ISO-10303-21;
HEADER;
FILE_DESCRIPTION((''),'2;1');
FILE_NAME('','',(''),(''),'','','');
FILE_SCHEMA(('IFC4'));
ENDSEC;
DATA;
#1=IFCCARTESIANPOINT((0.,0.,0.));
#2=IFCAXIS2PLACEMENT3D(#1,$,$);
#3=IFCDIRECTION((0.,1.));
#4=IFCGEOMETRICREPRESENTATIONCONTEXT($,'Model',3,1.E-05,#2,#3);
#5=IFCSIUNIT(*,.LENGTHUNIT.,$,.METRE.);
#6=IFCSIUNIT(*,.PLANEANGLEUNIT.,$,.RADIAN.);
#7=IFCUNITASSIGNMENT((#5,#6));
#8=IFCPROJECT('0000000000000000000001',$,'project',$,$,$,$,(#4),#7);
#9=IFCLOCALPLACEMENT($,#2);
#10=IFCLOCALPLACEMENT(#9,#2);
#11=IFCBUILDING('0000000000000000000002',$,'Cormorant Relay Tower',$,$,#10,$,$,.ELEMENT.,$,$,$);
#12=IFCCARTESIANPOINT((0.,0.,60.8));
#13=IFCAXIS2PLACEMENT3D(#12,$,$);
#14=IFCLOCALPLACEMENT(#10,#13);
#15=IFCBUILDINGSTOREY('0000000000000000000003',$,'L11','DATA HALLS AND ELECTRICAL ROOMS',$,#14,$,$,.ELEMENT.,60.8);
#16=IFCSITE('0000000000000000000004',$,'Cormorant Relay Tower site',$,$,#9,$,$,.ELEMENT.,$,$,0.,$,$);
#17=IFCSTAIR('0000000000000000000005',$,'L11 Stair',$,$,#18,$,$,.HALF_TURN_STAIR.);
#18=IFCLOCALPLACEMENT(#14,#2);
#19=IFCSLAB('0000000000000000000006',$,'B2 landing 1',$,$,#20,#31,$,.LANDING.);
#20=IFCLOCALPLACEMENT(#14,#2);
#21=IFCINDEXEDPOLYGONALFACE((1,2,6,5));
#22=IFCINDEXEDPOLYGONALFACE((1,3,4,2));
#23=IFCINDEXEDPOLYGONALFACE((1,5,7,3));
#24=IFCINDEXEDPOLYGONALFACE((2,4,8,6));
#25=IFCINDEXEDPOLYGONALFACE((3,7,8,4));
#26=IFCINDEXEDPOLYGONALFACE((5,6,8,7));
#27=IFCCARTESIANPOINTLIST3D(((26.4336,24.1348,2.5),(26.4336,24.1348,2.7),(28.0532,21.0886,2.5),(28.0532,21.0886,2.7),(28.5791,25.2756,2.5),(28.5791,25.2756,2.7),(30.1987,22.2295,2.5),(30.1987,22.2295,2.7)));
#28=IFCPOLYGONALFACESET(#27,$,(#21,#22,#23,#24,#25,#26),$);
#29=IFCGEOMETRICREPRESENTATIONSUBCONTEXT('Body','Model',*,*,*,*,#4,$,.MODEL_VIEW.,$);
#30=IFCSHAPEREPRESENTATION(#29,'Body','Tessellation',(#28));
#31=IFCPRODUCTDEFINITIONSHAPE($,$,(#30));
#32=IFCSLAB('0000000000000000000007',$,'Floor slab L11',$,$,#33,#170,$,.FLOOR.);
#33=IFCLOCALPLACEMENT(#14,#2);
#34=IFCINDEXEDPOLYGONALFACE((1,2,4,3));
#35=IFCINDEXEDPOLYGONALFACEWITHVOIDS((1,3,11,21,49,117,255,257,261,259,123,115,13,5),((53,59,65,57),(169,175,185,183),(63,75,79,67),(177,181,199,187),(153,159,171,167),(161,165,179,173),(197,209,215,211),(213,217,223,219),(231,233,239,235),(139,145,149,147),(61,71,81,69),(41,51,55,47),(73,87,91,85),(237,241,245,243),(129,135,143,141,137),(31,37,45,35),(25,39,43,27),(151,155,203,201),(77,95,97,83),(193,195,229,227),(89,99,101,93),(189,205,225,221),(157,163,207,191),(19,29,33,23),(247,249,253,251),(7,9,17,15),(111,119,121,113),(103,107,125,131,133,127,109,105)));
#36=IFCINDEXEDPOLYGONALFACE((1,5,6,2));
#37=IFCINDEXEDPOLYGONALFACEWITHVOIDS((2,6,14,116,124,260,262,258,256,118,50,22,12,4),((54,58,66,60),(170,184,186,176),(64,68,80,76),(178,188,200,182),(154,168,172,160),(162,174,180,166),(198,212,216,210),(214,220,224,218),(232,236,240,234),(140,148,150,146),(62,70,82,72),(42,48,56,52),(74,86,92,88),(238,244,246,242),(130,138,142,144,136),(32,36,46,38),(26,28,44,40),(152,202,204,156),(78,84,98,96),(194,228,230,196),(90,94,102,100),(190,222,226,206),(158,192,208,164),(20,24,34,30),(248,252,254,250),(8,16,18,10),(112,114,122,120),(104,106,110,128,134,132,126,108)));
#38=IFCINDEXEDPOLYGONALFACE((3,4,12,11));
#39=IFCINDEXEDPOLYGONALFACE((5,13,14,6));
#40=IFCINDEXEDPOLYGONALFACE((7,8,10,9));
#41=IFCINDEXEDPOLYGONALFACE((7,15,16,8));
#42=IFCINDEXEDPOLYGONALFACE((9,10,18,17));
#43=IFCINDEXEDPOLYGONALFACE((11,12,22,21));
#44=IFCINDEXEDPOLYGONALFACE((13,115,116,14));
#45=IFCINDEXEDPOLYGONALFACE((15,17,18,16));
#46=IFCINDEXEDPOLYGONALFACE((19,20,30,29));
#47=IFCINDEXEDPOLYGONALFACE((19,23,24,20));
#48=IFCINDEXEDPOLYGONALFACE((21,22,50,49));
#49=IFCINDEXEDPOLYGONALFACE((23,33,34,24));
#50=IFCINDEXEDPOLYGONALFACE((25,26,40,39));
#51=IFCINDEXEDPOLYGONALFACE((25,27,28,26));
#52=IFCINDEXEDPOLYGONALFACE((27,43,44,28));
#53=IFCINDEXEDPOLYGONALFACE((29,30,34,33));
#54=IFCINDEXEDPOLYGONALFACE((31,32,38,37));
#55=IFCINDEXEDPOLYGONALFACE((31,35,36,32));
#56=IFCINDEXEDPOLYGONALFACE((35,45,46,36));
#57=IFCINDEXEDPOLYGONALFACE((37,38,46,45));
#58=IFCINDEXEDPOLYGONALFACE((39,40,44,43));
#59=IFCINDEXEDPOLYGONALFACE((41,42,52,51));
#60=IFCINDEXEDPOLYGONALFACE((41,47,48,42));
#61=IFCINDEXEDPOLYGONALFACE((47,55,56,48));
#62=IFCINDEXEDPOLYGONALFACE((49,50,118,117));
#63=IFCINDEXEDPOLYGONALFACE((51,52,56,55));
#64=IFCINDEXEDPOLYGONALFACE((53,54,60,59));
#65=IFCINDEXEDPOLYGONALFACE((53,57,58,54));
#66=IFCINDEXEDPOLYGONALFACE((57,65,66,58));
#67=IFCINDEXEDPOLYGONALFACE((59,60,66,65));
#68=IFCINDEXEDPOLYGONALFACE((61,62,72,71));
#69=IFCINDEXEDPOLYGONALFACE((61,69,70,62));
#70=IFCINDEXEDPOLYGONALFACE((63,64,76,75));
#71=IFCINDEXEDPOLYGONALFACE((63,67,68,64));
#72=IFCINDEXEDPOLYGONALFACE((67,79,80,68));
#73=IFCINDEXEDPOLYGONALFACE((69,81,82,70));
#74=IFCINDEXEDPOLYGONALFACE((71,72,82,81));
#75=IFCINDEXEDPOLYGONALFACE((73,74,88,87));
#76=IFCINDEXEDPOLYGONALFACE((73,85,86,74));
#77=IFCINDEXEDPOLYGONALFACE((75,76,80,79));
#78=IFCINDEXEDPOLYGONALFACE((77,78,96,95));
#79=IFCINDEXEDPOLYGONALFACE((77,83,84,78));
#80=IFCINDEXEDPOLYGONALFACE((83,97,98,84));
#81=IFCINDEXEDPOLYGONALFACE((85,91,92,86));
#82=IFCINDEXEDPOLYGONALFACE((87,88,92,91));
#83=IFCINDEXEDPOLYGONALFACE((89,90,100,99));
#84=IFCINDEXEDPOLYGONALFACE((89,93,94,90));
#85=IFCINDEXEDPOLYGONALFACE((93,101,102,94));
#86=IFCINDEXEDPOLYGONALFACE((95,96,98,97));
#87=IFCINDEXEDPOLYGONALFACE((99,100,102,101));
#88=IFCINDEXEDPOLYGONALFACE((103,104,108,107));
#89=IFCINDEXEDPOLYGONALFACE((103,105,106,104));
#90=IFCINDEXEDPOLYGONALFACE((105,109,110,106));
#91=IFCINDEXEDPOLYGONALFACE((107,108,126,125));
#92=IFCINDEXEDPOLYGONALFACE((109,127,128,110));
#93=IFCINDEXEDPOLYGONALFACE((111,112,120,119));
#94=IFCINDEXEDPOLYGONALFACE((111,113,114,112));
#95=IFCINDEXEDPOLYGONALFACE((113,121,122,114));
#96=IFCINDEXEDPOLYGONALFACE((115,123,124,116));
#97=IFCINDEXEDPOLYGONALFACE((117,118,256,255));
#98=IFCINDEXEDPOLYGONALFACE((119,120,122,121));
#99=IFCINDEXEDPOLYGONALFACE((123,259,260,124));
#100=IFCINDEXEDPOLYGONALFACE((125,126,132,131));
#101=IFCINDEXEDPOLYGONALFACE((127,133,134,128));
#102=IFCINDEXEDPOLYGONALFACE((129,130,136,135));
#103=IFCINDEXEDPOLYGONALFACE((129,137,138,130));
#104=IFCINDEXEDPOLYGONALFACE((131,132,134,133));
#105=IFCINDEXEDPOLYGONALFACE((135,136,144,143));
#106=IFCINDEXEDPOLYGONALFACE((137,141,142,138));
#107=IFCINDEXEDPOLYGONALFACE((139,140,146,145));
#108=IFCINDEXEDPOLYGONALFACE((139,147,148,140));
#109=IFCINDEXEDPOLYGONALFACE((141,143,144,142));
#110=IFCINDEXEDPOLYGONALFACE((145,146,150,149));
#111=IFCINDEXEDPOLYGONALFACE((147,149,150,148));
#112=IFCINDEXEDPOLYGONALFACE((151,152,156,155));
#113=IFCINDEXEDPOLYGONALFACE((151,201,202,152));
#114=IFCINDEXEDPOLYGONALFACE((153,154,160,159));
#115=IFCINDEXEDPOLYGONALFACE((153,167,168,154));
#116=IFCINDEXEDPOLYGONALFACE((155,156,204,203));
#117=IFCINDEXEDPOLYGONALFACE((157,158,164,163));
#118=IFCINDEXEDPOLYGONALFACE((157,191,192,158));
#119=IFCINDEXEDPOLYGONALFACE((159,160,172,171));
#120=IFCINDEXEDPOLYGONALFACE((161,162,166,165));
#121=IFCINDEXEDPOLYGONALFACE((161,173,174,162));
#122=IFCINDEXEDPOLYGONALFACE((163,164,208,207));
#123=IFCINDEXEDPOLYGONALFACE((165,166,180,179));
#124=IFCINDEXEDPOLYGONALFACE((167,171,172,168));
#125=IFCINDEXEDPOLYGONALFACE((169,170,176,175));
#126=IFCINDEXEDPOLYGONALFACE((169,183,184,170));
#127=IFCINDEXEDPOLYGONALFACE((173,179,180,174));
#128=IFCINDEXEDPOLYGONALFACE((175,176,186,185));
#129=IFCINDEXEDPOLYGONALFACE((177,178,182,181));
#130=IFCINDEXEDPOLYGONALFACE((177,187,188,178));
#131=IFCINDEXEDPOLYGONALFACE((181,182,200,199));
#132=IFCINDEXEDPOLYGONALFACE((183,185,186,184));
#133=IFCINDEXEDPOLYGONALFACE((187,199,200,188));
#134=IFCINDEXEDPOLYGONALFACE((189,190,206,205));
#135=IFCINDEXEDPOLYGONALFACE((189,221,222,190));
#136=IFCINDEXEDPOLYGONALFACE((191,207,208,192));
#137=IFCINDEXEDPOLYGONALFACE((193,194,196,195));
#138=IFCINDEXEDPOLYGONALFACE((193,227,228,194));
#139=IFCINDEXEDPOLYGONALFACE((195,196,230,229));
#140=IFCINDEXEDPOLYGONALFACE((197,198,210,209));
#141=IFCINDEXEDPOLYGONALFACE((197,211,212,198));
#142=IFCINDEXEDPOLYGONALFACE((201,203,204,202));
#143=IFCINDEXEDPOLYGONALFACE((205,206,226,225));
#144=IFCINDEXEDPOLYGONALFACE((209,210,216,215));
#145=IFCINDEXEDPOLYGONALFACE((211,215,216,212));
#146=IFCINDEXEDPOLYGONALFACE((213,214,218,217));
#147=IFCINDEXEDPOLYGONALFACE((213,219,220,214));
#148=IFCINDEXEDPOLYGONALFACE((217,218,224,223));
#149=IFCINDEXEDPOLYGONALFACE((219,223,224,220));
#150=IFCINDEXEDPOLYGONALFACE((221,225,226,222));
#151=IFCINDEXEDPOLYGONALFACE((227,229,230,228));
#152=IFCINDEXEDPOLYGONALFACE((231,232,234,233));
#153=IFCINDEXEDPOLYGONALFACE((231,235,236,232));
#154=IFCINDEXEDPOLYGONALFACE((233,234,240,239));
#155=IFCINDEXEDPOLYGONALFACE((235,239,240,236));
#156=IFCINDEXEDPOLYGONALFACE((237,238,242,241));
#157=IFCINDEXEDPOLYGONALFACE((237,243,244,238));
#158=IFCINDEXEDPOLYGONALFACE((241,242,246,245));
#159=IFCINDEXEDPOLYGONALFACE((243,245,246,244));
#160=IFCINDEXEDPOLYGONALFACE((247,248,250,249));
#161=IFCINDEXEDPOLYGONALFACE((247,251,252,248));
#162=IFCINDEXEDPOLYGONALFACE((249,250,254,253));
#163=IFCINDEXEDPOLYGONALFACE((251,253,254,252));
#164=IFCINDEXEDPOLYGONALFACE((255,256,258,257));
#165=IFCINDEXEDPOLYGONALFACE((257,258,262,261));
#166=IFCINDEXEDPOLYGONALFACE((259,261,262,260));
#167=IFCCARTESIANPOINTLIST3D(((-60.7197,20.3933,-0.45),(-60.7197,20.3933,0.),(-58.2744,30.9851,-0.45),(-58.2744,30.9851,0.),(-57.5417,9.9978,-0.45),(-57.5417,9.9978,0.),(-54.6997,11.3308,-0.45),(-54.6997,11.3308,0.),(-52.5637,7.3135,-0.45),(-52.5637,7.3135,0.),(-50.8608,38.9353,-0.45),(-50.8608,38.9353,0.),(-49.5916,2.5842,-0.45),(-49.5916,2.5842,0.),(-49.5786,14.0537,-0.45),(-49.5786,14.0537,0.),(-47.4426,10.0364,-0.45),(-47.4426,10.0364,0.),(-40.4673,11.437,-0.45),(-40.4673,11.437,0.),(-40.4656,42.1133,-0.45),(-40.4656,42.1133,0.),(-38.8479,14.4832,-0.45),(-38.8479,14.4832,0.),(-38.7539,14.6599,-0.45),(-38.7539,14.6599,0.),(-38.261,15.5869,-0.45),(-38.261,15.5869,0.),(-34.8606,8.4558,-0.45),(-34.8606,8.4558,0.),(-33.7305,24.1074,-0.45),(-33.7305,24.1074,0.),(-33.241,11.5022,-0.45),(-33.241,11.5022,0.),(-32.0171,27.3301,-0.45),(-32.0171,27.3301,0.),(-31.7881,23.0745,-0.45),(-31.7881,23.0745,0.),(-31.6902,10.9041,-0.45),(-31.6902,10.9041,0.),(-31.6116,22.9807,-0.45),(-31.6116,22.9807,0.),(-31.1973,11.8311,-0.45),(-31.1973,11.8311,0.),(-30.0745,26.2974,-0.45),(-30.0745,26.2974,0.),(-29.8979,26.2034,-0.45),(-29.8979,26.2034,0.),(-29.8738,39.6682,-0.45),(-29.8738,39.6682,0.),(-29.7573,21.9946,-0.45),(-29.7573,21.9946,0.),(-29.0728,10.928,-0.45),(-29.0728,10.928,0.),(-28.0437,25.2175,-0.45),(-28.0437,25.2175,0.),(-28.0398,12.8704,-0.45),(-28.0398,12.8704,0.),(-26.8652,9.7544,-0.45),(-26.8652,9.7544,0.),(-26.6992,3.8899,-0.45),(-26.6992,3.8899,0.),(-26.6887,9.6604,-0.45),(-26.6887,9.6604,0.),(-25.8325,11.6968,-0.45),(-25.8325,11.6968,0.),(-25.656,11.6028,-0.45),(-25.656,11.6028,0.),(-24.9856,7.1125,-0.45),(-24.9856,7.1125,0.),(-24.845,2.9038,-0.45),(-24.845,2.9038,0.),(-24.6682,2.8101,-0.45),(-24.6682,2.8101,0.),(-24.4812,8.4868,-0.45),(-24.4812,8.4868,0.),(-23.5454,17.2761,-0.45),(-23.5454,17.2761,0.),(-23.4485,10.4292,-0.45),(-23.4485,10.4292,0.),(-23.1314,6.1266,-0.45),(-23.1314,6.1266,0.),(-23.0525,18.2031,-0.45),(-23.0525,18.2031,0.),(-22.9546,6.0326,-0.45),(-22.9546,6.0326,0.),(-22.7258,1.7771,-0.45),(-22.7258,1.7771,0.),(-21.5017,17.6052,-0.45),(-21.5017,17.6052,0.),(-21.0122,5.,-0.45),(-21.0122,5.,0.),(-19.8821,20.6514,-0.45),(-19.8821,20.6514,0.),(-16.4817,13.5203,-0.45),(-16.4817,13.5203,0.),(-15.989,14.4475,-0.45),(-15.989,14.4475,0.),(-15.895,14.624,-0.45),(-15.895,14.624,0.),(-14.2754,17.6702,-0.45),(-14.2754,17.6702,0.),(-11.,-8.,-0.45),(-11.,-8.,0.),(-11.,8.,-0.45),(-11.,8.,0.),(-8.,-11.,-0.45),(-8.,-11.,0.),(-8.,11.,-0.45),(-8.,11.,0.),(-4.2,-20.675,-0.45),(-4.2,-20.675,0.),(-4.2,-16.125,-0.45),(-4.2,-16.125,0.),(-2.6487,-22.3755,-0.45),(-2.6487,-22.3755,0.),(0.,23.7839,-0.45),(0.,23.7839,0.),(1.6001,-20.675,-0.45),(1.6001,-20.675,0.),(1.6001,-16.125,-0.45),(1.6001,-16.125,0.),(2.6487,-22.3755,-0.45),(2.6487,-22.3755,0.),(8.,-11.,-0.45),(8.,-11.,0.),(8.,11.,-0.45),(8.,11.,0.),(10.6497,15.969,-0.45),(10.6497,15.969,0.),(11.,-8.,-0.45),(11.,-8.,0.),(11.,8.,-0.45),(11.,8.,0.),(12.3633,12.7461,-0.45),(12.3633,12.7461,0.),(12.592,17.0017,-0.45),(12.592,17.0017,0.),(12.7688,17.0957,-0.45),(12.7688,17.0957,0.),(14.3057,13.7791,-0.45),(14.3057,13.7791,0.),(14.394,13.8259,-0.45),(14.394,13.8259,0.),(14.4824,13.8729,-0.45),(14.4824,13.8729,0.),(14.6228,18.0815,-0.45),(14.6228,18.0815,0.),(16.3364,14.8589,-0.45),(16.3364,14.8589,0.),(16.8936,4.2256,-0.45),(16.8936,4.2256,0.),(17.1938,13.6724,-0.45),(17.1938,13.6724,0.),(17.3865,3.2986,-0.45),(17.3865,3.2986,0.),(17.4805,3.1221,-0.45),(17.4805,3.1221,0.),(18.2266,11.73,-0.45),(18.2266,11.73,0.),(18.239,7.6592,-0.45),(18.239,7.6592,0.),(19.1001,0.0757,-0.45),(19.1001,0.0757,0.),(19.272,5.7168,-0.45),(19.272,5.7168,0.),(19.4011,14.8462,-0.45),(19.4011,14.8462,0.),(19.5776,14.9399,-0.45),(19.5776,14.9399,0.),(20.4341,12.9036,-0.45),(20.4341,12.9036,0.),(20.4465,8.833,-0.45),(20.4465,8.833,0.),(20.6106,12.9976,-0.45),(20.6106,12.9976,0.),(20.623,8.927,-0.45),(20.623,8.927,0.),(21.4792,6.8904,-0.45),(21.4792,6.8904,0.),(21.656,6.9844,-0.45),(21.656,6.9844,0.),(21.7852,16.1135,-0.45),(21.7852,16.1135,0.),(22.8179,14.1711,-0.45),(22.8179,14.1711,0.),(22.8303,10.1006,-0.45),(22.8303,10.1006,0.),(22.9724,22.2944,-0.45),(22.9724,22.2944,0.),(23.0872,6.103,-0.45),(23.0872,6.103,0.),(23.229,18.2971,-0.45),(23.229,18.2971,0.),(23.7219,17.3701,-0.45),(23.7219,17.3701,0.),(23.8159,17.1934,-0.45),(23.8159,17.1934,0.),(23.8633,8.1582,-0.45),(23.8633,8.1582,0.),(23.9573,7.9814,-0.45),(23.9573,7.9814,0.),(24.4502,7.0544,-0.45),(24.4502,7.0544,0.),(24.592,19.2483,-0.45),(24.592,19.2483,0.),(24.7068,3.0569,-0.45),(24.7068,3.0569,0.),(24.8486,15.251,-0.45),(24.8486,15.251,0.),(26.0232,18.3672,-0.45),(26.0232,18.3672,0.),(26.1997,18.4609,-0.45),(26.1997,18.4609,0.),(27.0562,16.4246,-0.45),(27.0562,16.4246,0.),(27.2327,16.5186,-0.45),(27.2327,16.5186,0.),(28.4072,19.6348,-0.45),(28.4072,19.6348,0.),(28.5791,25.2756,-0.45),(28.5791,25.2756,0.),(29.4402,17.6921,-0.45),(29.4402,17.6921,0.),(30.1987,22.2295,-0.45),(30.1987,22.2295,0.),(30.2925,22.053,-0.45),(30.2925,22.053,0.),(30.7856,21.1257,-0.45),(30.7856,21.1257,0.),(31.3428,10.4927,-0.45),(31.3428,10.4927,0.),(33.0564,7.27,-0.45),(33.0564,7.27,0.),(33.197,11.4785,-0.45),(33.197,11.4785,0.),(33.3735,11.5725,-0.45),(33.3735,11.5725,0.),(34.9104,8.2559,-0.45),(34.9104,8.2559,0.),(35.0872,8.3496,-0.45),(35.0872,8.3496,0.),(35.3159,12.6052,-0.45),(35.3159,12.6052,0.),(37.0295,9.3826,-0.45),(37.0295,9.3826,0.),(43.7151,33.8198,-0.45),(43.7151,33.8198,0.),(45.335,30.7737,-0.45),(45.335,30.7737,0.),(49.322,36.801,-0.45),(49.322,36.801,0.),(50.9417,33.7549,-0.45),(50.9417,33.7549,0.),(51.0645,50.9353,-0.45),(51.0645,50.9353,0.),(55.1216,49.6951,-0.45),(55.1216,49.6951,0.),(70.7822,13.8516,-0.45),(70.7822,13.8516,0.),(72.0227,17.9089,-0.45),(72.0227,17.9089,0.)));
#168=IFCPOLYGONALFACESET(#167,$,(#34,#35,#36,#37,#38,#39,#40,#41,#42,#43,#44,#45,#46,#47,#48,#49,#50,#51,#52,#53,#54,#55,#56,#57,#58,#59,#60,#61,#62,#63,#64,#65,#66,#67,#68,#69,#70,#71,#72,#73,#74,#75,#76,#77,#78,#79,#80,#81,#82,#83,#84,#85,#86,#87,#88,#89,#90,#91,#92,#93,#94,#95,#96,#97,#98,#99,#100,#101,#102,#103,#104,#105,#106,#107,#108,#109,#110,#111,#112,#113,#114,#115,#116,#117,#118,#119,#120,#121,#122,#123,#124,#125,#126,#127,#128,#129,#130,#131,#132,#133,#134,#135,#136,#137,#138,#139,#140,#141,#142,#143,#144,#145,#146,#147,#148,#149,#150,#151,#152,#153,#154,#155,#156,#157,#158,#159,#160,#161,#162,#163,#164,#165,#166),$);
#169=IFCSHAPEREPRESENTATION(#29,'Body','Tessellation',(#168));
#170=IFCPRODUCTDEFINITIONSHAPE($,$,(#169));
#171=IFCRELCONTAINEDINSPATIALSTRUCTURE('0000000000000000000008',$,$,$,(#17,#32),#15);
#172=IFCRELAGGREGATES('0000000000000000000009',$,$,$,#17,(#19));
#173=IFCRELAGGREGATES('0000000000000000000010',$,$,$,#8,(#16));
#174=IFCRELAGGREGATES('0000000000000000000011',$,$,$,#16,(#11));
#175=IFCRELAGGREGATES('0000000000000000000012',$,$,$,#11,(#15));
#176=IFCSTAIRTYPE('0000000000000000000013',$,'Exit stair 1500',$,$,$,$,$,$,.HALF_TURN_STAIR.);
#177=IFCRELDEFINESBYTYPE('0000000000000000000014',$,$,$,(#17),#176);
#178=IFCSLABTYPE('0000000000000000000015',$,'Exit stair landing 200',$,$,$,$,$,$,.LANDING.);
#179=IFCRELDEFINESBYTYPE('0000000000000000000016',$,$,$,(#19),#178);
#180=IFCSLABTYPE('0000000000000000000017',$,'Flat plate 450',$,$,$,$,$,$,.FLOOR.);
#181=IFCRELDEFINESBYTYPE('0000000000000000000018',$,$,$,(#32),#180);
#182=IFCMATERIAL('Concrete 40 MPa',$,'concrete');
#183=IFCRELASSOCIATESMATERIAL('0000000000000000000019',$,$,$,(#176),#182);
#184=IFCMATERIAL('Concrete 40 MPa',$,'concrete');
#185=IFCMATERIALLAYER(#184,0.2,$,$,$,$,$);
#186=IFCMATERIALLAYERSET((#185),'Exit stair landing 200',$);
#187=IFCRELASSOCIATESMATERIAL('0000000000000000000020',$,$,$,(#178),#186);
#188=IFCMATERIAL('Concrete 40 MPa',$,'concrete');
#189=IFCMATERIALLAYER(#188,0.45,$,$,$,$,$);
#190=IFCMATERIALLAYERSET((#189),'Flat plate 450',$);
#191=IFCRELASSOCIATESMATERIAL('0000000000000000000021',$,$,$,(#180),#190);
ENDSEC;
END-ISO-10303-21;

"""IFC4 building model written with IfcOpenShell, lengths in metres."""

from ifc_helpers import new_model, si_unit, direction, frame, origin, place, context, subcontext, project, spatial, polyline, outline, extrude, material, layer, layer_set, type_object, element, aggregate, save


model = new_model("IFC4")

# Units and contexts
model_context = context("Model", 3, precision=1e-05, world=origin(), true_north=direction((0.0, 1.0)))
body_context = subcontext(model_context, "Body", "Model", "MODEL_VIEW")
ifc_project = project(units=[si_unit("LENGTHUNIT", "METRE"), si_unit("PLANEANGLEUNIT", "RADIAN")], contexts=[model_context])

# Site, building, storey
site_placement = place(None, origin())
site = spatial("IfcSite", under=ifc_project, at=site_placement, Name="Cormorant Relay Tower site", CompositionType="ELEMENT", RefElevation=0.0)
building_placement = place(site_placement, origin())
building = spatial("IfcBuilding", under=site, at=building_placement, Name="Cormorant Relay Tower", CompositionType="ELEMENT")
storey_placement = place(building_placement, frame((0.0, 0.0, 60.8)))
storey = spatial("IfcBuildingStorey", under=building, at=storey_placement, Name="L11", Description="DATA HALLS AND ELECTRICAL ROOMS", CompositionType="ELEMENT", Elevation=60.8)

# Stair, slab
ifc_material_1 = material(Name="Concrete 40 MPa", Category="concrete")
stair_type = type_object("IfcStairType", Name="Exit stair 1500", PredefinedType="HALF_TURN_STAIR", material=ifc_material_1)
ifc_material_2 = material(Name="Concrete 40 MPa", Category="concrete")
ifc_layer_1 = layer(ifc_material_2, 0.2)
ifc_layer_set_1 = layer_set([ifc_layer_1], Name="Exit stair landing 200")
slab_type_1 = type_object("IfcSlabType", Name="Exit stair landing 200", PredefinedType="LANDING", material=ifc_layer_set_1)
stair_1_placement = place(storey_placement, origin())
stair_1 = element("IfcStair", 1, at=stair_1_placement, inside=storey, type_object=stair_type, Name="L11 Stair", PredefinedType="HALF_TURN_STAIR")
slab_1_placement = place(storey_placement, frame((0.0, 0.0, 2.5)))
slab_1 = element("IfcSlab", 2, at=slab_1_placement, type_object=slab_type_1, Name="B2 landing 1", PredefinedType="LANDING", context=body_context, shape_type="SweptSolid", body=[
    extrude(outline(polyline([(28.0532, 21.0886), (30.1987, 22.2295), (28.5791, 25.2756), (26.4336, 24.1348), (28.0532, 21.0886)])), origin(), (0.0, 0.0, 1.0), 0.2),
])
aggregate(stair_1, [slab_1])

# Slab
ifc_material_3 = material(Name="Concrete 40 MPa", Category="concrete")
ifc_layer_2 = layer(ifc_material_3, 0.45)
ifc_layer_set_2 = layer_set([ifc_layer_2], Name="Flat plate 450")
slab_type_2 = type_object("IfcSlabType", Name="Flat plate 450", PredefinedType="FLOOR", material=ifc_layer_set_2)
slab_2_placement = place(storey_placement, frame((0.0, 0.0, -0.45)))
element("IfcSlab", 3, at=slab_2_placement, inside=storey, type_object=slab_type_2, Name="Floor slab L11", PredefinedType="FLOOR", context=body_context, shape_type="SweptSolid", body=[
    extrude(outline(polyline([(-60.7197, 20.3933), (-58.2744, 30.9851), (-50.8608, 38.9353), (-40.4656, 42.1133), (-29.8738, 39.6682), (0.0, 23.7839), (51.0645, 50.9353), (55.1216, 49.6951), (72.0227, 17.9089), (70.7822, 13.8516), (2.6487, -22.3755), (-2.6487, -22.3755), (-49.5916, 2.5842), (-57.5417, 9.9978), (-60.7197, 20.3933)]), holes=[polyline([(11.0, -8.0), (11.0, 8.0), (8.0, 11.0), (-8.0, 11.0), (-11.0, 8.0), (-11.0, -8.0), (-8.0, -11.0), (8.0, -11.0), (11.0, -8.0)]), polyline([(-4.2, -16.125), (-4.2, -20.675), (1.6001, -20.675), (1.6001, -16.125), (-4.2, -16.125)]), polyline([(-22.9546, 6.0327), (-24.6682, 2.8101), (-22.7258, 1.7771), (-21.0122, 5.0), (-23.043, 6.0796), (-22.9546, 6.0327)]), polyline([(-24.9856, 7.1125), (-26.6992, 3.8899), (-24.845, 2.9038), (-23.1313, 6.1267), (-23.043, 6.0796), (-24.9856, 7.1125)]), polyline([(-26.6887, 9.6604), (-24.4812, 8.4868), (-23.4485, 10.4292), (-25.656, 11.6028), (-26.6887, 9.6604)]), polyline([(-49.5786, 14.0537), (-54.6997, 11.3308), (-52.5637, 7.3135), (-47.4426, 10.0364), (-49.5786, 14.0537)]), polyline([(-29.0728, 10.928), (-26.8652, 9.7544), (-25.8325, 11.6968), (-28.0398, 12.8704), (-29.0728, 10.928)]), polyline([(-38.8479, 14.4832), (-40.4673, 11.437), (-34.8606, 8.4558), (-33.241, 11.5022), (-38.8479, 14.4832)]), polyline([(-38.261, 15.5869), (-38.7539, 14.6599), (-31.6902, 10.9041), (-31.1973, 11.8311), (-38.261, 15.5869)]), polyline([(14.3057, 13.7791), (12.592, 17.0017), (10.6497, 15.969), (12.3633, 12.7461), (14.394, 13.8259), (14.3057, 13.7791)]), polyline([(16.3364, 14.8589), (14.6228, 18.0815), (12.7688, 17.0957), (14.4824, 13.8728), (14.394, 13.8259), (16.3364, 14.8589)]), polyline([(-16.4817, 13.5203), (-15.989, 14.4475), (-23.0525, 18.2031), (-23.5454, 17.2761), (-16.4817, 13.5203)]), polyline([(-21.5017, 17.6052), (-15.895, 14.624), (-14.2754, 17.6702), (-19.8821, 20.6514), (-21.5017, 17.6052)]), polyline([(-31.6116, 22.9807), (-29.7573, 21.9946), (-28.0437, 25.2175), (-29.8979, 26.2034), (-31.6116, 22.9807)]), polyline([(-33.7305, 24.1074), (-31.7881, 23.0745), (-30.0745, 26.2974), (-32.0171, 27.3301), (-33.7305, 24.1074)]), polyline([(23.0872, 6.103), (17.4805, 3.1221), (19.1001, 0.0757), (24.7068, 3.0569), (23.0872, 6.103)]), polyline([(16.8936, 4.2256), (17.3865, 3.2986), (24.4502, 7.0544), (23.9573, 7.9814), (16.8936, 4.2256)]), polyline([(20.4465, 8.833), (18.239, 7.6592), (19.272, 5.7168), (21.4792, 6.8904), (20.4465, 8.833)]), polyline([(22.8303, 10.1006), (20.623, 8.927), (21.656, 6.9844), (23.8633, 8.1582), (22.8303, 10.1006)]), polyline([(33.197, 11.4785), (31.3428, 10.4927), (33.0564, 7.27), (34.9104, 8.2559), (33.197, 11.4785)]), polyline([(33.3735, 11.5725), (35.0872, 8.3496), (37.0295, 9.3826), (35.3159, 12.6052), (33.3735, 11.5725)]), polyline([(19.4011, 14.8462), (17.1938, 13.6724), (18.2266, 11.73), (20.4341, 12.9036), (19.4011, 14.8462)]), polyline([(21.7852, 16.1135), (19.5776, 14.9399), (20.6106, 12.9976), (22.8179, 14.1711), (21.7852, 16.1135)]), polyline([(26.0232, 18.3672), (23.8159, 17.1934), (24.8486, 15.251), (27.0562, 16.4246), (26.0232, 18.3672)]), polyline([(29.4402, 17.6921), (28.4072, 19.6348), (26.1997, 18.4609), (27.2327, 16.5186), (29.4402, 17.6921)]), polyline([(30.7856, 21.1257), (30.2925, 22.053), (23.229, 18.2971), (23.7219, 17.3701), (30.7856, 21.1257)]), polyline([(24.592, 19.2483), (30.1987, 22.2295), (28.5791, 25.2756), (22.9724, 22.2944), (24.592, 19.2483)]), polyline([(45.335, 30.7737), (50.9417, 33.7549), (49.322, 36.801), (43.7151, 33.8198), (45.335, 30.7737)])]), origin(), (0.0, 0.0, 1.0), 0.45),
])

save(model, "model.ifc")
